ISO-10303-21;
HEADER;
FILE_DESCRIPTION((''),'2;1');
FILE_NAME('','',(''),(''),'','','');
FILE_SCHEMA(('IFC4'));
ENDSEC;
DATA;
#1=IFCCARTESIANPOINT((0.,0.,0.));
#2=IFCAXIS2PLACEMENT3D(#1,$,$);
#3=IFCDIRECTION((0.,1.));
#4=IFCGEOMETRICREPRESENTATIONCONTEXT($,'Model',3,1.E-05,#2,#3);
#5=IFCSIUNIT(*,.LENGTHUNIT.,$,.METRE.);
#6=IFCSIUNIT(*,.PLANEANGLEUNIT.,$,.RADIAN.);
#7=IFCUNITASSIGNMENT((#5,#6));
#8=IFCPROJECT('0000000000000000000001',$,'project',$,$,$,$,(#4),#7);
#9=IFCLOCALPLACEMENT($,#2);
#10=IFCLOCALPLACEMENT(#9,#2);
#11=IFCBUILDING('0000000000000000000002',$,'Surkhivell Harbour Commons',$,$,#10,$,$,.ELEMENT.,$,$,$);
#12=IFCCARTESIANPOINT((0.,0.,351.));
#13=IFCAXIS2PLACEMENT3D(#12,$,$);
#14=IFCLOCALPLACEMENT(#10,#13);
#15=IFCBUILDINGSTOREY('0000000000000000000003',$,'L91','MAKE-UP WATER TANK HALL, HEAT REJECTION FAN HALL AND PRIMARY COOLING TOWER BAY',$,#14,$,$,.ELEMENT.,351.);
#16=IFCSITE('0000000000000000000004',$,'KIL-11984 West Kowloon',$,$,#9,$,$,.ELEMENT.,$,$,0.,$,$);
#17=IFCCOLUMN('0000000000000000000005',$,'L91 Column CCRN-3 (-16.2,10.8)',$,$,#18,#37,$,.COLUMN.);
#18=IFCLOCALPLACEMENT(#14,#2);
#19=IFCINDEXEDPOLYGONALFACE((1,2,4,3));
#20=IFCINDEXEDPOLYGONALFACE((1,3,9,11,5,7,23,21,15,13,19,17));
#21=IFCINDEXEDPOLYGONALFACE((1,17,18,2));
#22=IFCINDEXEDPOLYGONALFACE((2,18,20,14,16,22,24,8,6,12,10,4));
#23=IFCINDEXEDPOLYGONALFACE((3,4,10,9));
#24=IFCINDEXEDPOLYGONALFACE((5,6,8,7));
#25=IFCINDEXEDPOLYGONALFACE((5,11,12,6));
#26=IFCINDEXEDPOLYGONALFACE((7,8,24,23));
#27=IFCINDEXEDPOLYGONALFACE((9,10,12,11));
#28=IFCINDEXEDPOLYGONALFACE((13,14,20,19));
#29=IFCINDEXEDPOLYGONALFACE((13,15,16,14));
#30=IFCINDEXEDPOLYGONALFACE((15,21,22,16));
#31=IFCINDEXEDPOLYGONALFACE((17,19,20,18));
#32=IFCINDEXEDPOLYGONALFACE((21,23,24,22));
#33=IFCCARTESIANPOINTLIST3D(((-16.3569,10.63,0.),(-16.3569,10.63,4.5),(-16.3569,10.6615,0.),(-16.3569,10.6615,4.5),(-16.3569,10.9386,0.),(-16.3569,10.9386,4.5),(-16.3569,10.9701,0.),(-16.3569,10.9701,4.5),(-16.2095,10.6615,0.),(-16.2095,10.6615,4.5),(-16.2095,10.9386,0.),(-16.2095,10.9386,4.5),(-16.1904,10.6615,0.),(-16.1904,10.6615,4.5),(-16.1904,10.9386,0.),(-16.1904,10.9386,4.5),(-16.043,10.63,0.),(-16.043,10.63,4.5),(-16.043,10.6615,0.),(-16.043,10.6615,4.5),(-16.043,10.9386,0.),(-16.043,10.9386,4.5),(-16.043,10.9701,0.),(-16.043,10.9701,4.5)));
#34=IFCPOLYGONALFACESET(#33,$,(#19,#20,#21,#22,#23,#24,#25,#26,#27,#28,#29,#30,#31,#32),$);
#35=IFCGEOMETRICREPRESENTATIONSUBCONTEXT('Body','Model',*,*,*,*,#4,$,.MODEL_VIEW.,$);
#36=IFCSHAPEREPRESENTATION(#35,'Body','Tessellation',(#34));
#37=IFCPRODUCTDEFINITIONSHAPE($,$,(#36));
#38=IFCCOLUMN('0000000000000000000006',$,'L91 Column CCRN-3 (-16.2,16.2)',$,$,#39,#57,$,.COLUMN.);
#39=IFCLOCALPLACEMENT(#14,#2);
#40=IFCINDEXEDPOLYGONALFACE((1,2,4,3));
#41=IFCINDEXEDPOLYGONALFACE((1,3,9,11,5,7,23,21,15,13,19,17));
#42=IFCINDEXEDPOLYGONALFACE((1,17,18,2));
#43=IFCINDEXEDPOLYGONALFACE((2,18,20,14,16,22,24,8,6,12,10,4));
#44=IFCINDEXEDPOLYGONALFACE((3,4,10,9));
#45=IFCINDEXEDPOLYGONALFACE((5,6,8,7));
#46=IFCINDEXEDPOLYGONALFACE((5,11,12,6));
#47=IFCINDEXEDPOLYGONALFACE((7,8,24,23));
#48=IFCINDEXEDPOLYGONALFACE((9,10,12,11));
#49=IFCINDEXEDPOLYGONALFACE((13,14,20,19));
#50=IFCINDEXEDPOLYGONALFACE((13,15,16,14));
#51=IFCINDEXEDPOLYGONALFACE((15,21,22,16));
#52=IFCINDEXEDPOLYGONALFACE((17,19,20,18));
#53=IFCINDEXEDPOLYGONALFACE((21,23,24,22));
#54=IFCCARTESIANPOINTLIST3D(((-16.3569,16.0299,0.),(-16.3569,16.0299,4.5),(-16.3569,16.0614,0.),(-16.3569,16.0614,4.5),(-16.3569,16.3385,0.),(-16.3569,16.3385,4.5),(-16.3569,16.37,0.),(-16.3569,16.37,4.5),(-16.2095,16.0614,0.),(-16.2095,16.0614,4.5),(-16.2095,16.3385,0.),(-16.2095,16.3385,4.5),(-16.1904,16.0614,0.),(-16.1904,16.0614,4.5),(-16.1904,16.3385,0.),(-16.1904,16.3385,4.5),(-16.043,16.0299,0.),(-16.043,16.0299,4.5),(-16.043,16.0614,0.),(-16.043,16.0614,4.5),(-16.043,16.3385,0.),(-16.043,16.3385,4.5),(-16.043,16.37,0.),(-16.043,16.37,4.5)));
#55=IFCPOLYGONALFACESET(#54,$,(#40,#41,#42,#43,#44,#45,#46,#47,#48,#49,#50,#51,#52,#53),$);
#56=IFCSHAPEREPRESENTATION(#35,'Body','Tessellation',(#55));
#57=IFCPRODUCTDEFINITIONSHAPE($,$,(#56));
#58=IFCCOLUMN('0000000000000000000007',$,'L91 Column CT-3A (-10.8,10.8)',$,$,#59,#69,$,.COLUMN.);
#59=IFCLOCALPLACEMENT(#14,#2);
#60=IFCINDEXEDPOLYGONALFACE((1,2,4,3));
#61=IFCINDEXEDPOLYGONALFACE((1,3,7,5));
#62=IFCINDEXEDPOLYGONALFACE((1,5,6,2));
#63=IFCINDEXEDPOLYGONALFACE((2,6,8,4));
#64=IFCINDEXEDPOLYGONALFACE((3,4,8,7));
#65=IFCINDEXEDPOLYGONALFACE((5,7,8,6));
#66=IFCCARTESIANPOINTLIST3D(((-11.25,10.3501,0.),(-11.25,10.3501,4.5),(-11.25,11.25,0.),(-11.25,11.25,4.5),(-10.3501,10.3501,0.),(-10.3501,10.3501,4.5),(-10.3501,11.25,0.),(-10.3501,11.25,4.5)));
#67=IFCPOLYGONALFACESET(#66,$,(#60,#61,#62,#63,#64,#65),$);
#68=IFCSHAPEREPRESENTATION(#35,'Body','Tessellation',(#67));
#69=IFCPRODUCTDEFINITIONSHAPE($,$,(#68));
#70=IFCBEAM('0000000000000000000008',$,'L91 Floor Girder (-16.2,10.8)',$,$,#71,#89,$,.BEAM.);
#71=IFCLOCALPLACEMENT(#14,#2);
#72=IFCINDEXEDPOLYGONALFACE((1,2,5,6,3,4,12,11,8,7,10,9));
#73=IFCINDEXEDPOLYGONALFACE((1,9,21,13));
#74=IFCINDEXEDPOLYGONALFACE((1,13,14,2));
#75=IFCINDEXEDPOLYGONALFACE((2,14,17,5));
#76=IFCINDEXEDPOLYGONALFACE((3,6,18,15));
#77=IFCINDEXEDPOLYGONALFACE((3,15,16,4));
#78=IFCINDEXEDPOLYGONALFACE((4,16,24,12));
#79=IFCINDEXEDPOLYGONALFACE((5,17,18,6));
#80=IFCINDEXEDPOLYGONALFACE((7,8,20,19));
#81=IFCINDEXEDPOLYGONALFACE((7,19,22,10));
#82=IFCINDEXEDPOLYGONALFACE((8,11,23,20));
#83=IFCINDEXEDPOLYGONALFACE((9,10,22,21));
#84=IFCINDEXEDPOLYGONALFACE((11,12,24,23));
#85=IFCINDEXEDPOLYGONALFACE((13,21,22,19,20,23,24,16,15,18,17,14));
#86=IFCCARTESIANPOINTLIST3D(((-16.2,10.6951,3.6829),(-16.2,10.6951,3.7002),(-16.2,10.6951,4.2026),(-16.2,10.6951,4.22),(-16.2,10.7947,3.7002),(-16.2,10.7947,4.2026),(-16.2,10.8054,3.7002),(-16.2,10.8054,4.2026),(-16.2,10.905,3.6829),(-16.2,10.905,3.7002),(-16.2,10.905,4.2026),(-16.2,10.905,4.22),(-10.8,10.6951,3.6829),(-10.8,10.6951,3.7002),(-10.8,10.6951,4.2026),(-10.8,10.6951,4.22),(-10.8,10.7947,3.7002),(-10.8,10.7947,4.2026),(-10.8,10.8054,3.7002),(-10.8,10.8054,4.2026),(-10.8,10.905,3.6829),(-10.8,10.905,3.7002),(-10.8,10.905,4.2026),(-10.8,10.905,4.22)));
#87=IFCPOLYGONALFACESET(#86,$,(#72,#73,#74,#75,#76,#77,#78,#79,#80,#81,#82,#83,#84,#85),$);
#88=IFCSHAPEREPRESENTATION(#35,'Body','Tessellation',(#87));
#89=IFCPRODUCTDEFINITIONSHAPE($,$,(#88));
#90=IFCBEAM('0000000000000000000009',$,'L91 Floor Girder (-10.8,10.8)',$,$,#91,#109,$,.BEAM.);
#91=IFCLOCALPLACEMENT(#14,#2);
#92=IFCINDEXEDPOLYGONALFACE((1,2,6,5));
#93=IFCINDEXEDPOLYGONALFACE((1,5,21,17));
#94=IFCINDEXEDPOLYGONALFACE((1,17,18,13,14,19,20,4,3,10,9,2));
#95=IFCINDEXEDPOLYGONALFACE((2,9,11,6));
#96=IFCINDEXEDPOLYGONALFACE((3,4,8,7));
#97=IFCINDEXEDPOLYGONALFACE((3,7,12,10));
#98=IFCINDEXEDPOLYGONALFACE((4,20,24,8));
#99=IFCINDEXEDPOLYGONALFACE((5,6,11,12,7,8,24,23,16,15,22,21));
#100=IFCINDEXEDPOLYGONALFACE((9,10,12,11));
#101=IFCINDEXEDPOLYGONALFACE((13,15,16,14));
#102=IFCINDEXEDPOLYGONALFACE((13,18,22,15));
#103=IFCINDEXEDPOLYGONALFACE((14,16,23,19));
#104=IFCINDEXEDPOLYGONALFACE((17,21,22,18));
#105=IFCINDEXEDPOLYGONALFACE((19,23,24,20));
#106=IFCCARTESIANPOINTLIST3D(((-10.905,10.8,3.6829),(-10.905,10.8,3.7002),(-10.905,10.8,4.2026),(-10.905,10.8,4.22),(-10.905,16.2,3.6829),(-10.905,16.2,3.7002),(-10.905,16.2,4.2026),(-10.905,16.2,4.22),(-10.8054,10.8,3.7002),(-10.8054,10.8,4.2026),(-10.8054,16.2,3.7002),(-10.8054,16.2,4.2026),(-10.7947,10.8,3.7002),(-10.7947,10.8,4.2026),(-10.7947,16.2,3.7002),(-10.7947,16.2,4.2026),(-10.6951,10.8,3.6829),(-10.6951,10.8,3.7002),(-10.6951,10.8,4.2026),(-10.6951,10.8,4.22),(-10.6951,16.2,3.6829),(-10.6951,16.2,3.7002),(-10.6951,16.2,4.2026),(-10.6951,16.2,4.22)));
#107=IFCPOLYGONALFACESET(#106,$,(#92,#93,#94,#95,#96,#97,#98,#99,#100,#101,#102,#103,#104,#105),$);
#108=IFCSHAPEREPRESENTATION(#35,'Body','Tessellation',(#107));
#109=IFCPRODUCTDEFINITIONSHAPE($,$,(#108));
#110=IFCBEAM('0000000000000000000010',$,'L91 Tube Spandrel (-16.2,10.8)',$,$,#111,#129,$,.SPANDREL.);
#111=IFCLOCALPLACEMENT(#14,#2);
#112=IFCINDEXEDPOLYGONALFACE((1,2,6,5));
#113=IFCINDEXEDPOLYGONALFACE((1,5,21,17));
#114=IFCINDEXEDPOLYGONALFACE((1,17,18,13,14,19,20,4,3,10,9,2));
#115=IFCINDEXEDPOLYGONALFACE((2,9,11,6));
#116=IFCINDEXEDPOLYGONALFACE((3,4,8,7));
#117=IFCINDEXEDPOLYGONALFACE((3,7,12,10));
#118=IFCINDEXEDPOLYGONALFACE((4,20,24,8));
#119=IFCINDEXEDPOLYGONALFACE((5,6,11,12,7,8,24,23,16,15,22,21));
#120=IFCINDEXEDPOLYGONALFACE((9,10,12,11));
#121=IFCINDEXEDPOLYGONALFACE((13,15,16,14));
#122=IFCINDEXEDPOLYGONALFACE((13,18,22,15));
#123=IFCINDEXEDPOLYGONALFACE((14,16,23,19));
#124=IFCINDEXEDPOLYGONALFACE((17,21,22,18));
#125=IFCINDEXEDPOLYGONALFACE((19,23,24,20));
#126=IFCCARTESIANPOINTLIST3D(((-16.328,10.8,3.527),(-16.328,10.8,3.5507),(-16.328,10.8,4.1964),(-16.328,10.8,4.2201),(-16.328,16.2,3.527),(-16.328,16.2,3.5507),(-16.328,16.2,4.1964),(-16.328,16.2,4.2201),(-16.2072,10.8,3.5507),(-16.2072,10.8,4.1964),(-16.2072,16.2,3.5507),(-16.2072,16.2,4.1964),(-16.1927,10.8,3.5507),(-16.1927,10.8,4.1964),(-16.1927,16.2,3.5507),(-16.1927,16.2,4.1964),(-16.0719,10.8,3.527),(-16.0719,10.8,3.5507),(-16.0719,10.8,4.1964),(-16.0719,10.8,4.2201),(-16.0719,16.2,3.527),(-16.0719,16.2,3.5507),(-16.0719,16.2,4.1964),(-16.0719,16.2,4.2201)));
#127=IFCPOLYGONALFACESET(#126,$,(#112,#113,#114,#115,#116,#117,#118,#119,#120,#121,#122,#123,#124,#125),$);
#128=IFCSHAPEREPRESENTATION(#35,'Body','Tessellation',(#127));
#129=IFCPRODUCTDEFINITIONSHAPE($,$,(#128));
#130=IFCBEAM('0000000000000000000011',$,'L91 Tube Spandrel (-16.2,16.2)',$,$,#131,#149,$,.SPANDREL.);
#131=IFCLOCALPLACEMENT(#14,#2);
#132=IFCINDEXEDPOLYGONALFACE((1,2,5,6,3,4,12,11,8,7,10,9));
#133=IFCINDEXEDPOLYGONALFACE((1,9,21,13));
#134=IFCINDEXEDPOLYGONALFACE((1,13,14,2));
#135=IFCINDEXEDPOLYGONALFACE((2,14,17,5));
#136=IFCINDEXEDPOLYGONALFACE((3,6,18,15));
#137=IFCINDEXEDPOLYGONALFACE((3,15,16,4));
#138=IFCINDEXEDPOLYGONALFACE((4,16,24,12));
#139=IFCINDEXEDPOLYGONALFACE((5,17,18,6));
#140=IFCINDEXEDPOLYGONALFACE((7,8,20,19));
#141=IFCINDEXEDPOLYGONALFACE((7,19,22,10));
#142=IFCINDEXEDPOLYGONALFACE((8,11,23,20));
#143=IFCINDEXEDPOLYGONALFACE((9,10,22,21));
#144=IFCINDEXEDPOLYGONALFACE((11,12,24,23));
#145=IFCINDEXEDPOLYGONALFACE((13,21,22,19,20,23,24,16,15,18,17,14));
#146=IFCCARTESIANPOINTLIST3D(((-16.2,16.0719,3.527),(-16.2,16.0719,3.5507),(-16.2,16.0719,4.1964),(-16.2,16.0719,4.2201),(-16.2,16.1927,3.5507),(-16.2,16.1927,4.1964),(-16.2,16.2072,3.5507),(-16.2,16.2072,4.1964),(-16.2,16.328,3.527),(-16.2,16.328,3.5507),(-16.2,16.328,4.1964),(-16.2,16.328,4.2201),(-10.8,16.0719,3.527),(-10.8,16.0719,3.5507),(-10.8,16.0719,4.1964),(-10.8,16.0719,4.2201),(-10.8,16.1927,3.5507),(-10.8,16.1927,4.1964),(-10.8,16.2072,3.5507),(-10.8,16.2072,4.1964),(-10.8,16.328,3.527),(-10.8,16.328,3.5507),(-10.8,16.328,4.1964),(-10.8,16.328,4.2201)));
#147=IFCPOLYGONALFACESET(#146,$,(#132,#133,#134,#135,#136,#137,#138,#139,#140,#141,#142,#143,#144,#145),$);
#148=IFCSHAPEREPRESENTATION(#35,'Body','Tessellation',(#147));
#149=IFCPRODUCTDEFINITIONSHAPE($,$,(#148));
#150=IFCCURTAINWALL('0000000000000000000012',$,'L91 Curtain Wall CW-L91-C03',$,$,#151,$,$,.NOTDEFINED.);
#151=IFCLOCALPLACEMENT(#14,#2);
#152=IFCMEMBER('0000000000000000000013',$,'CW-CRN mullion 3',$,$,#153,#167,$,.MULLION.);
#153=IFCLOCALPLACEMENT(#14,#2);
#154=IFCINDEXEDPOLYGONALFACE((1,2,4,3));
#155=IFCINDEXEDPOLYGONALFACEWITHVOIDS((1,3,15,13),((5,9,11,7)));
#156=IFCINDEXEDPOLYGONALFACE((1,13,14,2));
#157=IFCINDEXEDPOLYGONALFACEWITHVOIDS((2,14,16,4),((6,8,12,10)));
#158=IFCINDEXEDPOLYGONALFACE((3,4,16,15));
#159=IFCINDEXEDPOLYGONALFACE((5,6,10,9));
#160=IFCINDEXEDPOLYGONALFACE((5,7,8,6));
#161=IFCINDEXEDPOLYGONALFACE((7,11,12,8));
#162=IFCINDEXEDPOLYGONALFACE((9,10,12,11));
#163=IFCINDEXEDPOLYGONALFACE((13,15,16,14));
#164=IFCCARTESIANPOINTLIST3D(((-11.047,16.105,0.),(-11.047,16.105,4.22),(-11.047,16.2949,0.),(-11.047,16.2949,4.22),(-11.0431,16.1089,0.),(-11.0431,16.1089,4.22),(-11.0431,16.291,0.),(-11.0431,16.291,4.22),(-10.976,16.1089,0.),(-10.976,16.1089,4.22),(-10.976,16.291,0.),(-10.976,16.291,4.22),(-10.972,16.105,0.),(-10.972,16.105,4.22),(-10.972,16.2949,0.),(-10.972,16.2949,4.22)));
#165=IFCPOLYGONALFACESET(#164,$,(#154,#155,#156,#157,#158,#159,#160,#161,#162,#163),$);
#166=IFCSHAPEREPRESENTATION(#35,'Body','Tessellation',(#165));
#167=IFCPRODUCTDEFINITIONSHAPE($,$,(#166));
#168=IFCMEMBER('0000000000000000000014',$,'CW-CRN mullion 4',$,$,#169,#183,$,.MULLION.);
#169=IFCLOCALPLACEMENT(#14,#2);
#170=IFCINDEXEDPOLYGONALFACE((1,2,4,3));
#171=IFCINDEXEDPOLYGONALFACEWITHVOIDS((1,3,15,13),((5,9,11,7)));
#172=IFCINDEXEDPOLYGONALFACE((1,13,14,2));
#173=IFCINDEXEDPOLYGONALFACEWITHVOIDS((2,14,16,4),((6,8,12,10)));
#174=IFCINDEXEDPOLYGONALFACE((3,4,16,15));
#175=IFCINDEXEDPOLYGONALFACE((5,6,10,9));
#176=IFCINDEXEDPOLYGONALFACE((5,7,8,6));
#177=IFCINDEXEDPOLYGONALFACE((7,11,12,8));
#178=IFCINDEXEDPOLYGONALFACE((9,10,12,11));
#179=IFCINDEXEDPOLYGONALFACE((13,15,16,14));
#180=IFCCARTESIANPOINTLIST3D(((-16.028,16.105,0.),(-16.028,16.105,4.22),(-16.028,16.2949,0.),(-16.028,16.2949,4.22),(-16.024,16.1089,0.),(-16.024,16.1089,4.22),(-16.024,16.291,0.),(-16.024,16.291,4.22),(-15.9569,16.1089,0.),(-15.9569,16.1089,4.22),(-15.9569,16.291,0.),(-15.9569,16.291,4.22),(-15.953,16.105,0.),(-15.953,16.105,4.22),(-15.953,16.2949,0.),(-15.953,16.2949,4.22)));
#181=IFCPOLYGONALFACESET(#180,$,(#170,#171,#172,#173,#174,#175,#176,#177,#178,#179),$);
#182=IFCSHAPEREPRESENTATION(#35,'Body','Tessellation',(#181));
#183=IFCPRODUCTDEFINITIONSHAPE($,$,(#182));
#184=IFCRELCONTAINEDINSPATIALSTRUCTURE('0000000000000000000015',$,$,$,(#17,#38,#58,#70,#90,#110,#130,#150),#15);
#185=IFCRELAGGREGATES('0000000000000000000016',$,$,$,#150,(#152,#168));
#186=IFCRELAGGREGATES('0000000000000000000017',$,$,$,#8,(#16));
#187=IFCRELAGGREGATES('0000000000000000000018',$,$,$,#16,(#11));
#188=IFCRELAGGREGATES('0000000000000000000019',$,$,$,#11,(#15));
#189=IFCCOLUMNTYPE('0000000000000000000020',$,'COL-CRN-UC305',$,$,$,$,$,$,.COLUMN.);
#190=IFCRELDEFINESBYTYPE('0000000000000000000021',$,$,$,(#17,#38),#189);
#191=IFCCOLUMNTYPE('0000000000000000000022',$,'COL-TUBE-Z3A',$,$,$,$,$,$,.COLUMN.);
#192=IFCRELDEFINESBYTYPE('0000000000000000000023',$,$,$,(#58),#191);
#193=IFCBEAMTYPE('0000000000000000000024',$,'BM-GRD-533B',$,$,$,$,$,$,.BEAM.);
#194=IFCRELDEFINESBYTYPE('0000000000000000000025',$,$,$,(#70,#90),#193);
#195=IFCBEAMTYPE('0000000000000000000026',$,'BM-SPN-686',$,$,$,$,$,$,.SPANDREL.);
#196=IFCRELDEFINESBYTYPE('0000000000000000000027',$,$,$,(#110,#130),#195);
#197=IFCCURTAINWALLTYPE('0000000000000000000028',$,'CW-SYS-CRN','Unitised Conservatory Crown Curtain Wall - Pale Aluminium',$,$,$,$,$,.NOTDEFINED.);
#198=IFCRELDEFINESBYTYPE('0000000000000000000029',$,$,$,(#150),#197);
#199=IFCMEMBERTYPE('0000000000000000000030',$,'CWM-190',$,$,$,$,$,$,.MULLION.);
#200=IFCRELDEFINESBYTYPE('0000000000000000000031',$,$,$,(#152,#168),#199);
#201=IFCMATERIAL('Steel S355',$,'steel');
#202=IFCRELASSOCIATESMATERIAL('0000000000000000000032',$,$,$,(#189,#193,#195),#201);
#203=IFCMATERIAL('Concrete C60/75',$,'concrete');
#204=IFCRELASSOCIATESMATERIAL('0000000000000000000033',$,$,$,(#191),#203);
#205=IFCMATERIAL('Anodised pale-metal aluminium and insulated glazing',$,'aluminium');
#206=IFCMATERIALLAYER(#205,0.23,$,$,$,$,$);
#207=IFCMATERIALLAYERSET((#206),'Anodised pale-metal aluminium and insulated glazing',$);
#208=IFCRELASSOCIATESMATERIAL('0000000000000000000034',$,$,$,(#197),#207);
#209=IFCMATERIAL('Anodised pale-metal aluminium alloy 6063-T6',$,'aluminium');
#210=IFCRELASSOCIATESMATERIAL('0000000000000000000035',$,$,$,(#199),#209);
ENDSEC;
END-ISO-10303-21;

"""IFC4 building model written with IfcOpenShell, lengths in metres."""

from ifc_helpers import new_model, si_unit, direction, frame, origin, origin_2d, place, context, subcontext, project, spatial, rectangle, hollow_rectangle, i_section, extrude, material, layer, layer_set, material_profile, profile_set, type_object, element, aggregate, save


model = new_model("IFC4")

# Units and contexts
model_context = context("Model", 3, precision=1e-05, world=origin(), true_north=direction((0.0, 1.0)))
body_context = subcontext(model_context, "Body", "Model", "MODEL_VIEW")
ifc_project = project(units=[si_unit("LENGTHUNIT", "METRE"), si_unit("PLANEANGLEUNIT", "RADIAN")], contexts=[model_context])

# Site, building, storey
site_placement = place(None, origin())
site = spatial("IfcSite", under=ifc_project, at=site_placement, Name="KIL-11984 West Kowloon", CompositionType="ELEMENT", RefElevation=0.0)
building_placement = place(site_placement, origin())
building = spatial("IfcBuilding", under=site, at=building_placement, Name="Surkhivell Harbour Commons", CompositionType="ELEMENT")
storey_placement = place(building_placement, frame((0.0, 0.0, 351.0)))
storey = spatial("IfcBuildingStorey", under=building, at=storey_placement, Name="L91", Description="MAKE-UP WATER TANK HALL, HEAT REJECTION FAN HALL AND PRIMARY COOLING TOWER BAY", CompositionType="ELEMENT", Elevation=351.0)

# Columns
ifc_material_1 = material(Name="Steel S355", Category="steel")
ifc_material_profile_1 = material_profile(ifc_material_1, i_section(OverallWidth=0.314, OverallDepth=0.3401, WebThickness=0.019, FlangeThickness=0.0315, at=origin_2d()), Name="UC305x305x198")
ifc_profile_set_1 = profile_set([ifc_material_profile_1], Name="Steel S355")
column_type_1 = type_object("IfcColumnType", Name="COL-CRN-UC305", PredefinedType="COLUMN", material=ifc_profile_set_1)
for number, where, z_axis, x_axis, name in (
    (1, (-16.2, 10.8, 0.0), (0.0, 0.0, 1.0), (1.0, 0.0, 0.0), "L91 Column CCRN-3 (-16.2,10.8)"),
    (2, (-16.2, 16.2, 0.0), (0.0, 0.0, 1.0), (1.0, 0.0, 0.0), "L91 Column CCRN-3 (-16.2,16.2)"),
):
    element("IfcColumn", number, at=place(storey_placement, frame(where, z_axis=z_axis, x_axis=x_axis)), inside=storey, type_object=column_type_1, Name=name, PredefinedType="COLUMN", context=body_context, shape_type="SweptSolid", body=[
        extrude(i_section(OverallWidth=0.314, OverallDepth=0.3401, WebThickness=0.019, FlangeThickness=0.0315, at=origin_2d()), origin(), (0.0, 0.0, 1.0), 4.5),
    ])
ifc_material_2 = material(Name="Concrete C60/75", Category="concrete")
ifc_material_profile_2 = material_profile(ifc_material_2, rectangle(XDim=0.8999, YDim=0.8999, at=origin_2d()), Name="RC-COL-900x900")
ifc_profile_set_2 = profile_set([ifc_material_profile_2], Name="Concrete C60/75")
column_type_2 = type_object("IfcColumnType", Name="COL-TUBE-Z3A", PredefinedType="COLUMN", material=ifc_profile_set_2)
column_placement = place(storey_placement, frame((-10.8, 10.8, 0.0), z_axis=(0.0, 0.0, 1.0), x_axis=(1.0, 0.0, 0.0)))
element("IfcColumn", 3, at=column_placement, inside=storey, type_object=column_type_2, Name="L91 Column CT-3A (-10.8,10.8)", PredefinedType="COLUMN", context=body_context, shape_type="SweptSolid", body=[
    extrude(rectangle(XDim=0.8999, YDim=0.8999, at=origin_2d()), origin(), (0.0, 0.0, 1.0), 4.5),
])

# Beams
ifc_material_profile_3 = material_profile(ifc_material_1, i_section(OverallWidth=0.21, OverallDepth=0.5371, WebThickness=0.0107, FlangeThickness=0.0173, at=origin_2d()), Name="UB533x210x101")
ifc_profile_set_3 = profile_set([ifc_material_profile_3], Name="Steel S355")
beam_type_1 = type_object("IfcBeamType", Name="BM-GRD-533B", PredefinedType="BEAM", material=ifc_profile_set_3)
for number, where, z_axis, x_axis, name in (
    (4, (-16.2, 10.8, 3.9514), (1.0, 0.0, 0.0), (0.0, 1.0, 0.0), "L91 Floor Girder (-16.2,10.8)"),
    (5, (-10.8, 10.8, 3.9514), (0.0, 1.0, 0.0), (-1.0, 0.0, 0.0), "L91 Floor Girder (-10.8,10.8)"),
):
    element("IfcBeam", number, at=place(storey_placement, frame(where, z_axis=z_axis, x_axis=x_axis)), inside=storey, type_object=beam_type_1, Name=name, PredefinedType="BEAM", context=body_context, shape_type="SweptSolid", body=[
        extrude(i_section(OverallWidth=0.21, OverallDepth=0.5371, WebThickness=0.0107, FlangeThickness=0.0173, at=origin_2d()), origin(), (0.0, 0.0, 1.0), 5.3999),
    ])
ifc_material_profile_4 = material_profile(ifc_material_1, i_section(OverallWidth=0.2561, OverallDepth=0.6931, WebThickness=0.0144, FlangeThickness=0.0237, at=origin_2d()), Name="UB686x254x170")
ifc_profile_set_4 = profile_set([ifc_material_profile_4], Name="Steel S355")
beam_type_2 = type_object("IfcBeamType", Name="BM-SPN-686", PredefinedType="SPANDREL", material=ifc_profile_set_4)
for number, where, z_axis, x_axis, name in (
    (6, (-16.2, 10.8, 3.8735), (0.0, 1.0, 0.0), (-1.0, 0.0, 0.0), "L91 Tube Spandrel (-16.2,10.8)"),
    (7, (-16.2, 16.2, 3.8735), (1.0, 0.0, 0.0), (0.0, 1.0, 0.0), "L91 Tube Spandrel (-16.2,16.2)"),
):
    element("IfcBeam", number, at=place(storey_placement, frame(where, z_axis=z_axis, x_axis=x_axis)), inside=storey, type_object=beam_type_2, Name=name, PredefinedType="SPANDREL", context=body_context, shape_type="SweptSolid", body=[
        extrude(i_section(OverallWidth=0.2561, OverallDepth=0.6931, WebThickness=0.0144, FlangeThickness=0.0237, at=origin_2d()), origin(), (0.0, 0.0, 1.0), 5.3999),
    ])

# Curtain wall, members
ifc_material_3 = material(Name="Anodised pale-metal aluminium and insulated glazing", Category="aluminium")
ifc_layer_1 = layer(ifc_material_3, 0.23)
ifc_layer_set_1 = layer_set([ifc_layer_1], Name="Anodised pale-metal aluminium and insulated glazing")
curtain_wall_type = type_object("IfcCurtainWallType", Name="CW-SYS-CRN", Description="Unitised Conservatory Crown Curtain Wall - Pale Aluminium", PredefinedType="NOTDEFINED", material=ifc_layer_set_1)
curtain_wall_1_placement = place(storey_placement, origin())
curtain_wall_1 = element("IfcCurtainWall", 8, at=curtain_wall_1_placement, inside=storey, type_object=curtain_wall_type, Name="L91 Curtain Wall CW-L91-C03", PredefinedType="NOTDEFINED")
ifc_material_4 = material(Name="Anodised pale-metal aluminium alloy 6063-T6", Category="aluminium")
ifc_material_profile_5 = material_profile(ifc_material_4, hollow_rectangle(XDim=0.075, YDim=0.1899, WallThickness=0.0039, at=origin_2d()), Name="ALU-MULL-75x190")
ifc_profile_set_5 = profile_set([ifc_material_profile_5], Name="Anodised pale-metal aluminium alloy 6063-T6")
member_type_1 = type_object("IfcMemberType", Name="CWM-190", PredefinedType="MULLION", material=ifc_profile_set_5)
member_1_placement = place(storey_placement, frame((-11.0095, 16.2, 0.0), z_axis=(0.0, 0.0, 1.0), x_axis=(-1.0, 0.0, 0.0)))
member_1 = element("IfcMember", 9, at=member_1_placement, type_object=member_type_1, Name="CW-CRN mullion 3", PredefinedType="MULLION", context=body_context, shape_type="SweptSolid", body=[
    extrude(hollow_rectangle(XDim=0.075, YDim=0.1899, WallThickness=0.0039, at=origin_2d()), origin(), (0.0, 0.0, 1.0), 4.22),
])
member_2_placement = place(storey_placement, frame((-15.9905, 16.2, 0.0), z_axis=(0.0, 0.0, 1.0), x_axis=(-1.0, 0.0, 0.0)))
member_2 = element("IfcMember", 10, at=member_2_placement, type_object=member_type_1, Name="CW-CRN mullion 4", PredefinedType="MULLION", context=body_context, shape_type="SweptSolid", body=[
    extrude(hollow_rectangle(XDim=0.075, YDim=0.1899, WallThickness=0.0039, at=origin_2d()), origin(), (0.0, 0.0, 1.0), 4.22),
])

aggregate(curtain_wall_1, [member_1, member_2])

save(model, "model.ifc")
